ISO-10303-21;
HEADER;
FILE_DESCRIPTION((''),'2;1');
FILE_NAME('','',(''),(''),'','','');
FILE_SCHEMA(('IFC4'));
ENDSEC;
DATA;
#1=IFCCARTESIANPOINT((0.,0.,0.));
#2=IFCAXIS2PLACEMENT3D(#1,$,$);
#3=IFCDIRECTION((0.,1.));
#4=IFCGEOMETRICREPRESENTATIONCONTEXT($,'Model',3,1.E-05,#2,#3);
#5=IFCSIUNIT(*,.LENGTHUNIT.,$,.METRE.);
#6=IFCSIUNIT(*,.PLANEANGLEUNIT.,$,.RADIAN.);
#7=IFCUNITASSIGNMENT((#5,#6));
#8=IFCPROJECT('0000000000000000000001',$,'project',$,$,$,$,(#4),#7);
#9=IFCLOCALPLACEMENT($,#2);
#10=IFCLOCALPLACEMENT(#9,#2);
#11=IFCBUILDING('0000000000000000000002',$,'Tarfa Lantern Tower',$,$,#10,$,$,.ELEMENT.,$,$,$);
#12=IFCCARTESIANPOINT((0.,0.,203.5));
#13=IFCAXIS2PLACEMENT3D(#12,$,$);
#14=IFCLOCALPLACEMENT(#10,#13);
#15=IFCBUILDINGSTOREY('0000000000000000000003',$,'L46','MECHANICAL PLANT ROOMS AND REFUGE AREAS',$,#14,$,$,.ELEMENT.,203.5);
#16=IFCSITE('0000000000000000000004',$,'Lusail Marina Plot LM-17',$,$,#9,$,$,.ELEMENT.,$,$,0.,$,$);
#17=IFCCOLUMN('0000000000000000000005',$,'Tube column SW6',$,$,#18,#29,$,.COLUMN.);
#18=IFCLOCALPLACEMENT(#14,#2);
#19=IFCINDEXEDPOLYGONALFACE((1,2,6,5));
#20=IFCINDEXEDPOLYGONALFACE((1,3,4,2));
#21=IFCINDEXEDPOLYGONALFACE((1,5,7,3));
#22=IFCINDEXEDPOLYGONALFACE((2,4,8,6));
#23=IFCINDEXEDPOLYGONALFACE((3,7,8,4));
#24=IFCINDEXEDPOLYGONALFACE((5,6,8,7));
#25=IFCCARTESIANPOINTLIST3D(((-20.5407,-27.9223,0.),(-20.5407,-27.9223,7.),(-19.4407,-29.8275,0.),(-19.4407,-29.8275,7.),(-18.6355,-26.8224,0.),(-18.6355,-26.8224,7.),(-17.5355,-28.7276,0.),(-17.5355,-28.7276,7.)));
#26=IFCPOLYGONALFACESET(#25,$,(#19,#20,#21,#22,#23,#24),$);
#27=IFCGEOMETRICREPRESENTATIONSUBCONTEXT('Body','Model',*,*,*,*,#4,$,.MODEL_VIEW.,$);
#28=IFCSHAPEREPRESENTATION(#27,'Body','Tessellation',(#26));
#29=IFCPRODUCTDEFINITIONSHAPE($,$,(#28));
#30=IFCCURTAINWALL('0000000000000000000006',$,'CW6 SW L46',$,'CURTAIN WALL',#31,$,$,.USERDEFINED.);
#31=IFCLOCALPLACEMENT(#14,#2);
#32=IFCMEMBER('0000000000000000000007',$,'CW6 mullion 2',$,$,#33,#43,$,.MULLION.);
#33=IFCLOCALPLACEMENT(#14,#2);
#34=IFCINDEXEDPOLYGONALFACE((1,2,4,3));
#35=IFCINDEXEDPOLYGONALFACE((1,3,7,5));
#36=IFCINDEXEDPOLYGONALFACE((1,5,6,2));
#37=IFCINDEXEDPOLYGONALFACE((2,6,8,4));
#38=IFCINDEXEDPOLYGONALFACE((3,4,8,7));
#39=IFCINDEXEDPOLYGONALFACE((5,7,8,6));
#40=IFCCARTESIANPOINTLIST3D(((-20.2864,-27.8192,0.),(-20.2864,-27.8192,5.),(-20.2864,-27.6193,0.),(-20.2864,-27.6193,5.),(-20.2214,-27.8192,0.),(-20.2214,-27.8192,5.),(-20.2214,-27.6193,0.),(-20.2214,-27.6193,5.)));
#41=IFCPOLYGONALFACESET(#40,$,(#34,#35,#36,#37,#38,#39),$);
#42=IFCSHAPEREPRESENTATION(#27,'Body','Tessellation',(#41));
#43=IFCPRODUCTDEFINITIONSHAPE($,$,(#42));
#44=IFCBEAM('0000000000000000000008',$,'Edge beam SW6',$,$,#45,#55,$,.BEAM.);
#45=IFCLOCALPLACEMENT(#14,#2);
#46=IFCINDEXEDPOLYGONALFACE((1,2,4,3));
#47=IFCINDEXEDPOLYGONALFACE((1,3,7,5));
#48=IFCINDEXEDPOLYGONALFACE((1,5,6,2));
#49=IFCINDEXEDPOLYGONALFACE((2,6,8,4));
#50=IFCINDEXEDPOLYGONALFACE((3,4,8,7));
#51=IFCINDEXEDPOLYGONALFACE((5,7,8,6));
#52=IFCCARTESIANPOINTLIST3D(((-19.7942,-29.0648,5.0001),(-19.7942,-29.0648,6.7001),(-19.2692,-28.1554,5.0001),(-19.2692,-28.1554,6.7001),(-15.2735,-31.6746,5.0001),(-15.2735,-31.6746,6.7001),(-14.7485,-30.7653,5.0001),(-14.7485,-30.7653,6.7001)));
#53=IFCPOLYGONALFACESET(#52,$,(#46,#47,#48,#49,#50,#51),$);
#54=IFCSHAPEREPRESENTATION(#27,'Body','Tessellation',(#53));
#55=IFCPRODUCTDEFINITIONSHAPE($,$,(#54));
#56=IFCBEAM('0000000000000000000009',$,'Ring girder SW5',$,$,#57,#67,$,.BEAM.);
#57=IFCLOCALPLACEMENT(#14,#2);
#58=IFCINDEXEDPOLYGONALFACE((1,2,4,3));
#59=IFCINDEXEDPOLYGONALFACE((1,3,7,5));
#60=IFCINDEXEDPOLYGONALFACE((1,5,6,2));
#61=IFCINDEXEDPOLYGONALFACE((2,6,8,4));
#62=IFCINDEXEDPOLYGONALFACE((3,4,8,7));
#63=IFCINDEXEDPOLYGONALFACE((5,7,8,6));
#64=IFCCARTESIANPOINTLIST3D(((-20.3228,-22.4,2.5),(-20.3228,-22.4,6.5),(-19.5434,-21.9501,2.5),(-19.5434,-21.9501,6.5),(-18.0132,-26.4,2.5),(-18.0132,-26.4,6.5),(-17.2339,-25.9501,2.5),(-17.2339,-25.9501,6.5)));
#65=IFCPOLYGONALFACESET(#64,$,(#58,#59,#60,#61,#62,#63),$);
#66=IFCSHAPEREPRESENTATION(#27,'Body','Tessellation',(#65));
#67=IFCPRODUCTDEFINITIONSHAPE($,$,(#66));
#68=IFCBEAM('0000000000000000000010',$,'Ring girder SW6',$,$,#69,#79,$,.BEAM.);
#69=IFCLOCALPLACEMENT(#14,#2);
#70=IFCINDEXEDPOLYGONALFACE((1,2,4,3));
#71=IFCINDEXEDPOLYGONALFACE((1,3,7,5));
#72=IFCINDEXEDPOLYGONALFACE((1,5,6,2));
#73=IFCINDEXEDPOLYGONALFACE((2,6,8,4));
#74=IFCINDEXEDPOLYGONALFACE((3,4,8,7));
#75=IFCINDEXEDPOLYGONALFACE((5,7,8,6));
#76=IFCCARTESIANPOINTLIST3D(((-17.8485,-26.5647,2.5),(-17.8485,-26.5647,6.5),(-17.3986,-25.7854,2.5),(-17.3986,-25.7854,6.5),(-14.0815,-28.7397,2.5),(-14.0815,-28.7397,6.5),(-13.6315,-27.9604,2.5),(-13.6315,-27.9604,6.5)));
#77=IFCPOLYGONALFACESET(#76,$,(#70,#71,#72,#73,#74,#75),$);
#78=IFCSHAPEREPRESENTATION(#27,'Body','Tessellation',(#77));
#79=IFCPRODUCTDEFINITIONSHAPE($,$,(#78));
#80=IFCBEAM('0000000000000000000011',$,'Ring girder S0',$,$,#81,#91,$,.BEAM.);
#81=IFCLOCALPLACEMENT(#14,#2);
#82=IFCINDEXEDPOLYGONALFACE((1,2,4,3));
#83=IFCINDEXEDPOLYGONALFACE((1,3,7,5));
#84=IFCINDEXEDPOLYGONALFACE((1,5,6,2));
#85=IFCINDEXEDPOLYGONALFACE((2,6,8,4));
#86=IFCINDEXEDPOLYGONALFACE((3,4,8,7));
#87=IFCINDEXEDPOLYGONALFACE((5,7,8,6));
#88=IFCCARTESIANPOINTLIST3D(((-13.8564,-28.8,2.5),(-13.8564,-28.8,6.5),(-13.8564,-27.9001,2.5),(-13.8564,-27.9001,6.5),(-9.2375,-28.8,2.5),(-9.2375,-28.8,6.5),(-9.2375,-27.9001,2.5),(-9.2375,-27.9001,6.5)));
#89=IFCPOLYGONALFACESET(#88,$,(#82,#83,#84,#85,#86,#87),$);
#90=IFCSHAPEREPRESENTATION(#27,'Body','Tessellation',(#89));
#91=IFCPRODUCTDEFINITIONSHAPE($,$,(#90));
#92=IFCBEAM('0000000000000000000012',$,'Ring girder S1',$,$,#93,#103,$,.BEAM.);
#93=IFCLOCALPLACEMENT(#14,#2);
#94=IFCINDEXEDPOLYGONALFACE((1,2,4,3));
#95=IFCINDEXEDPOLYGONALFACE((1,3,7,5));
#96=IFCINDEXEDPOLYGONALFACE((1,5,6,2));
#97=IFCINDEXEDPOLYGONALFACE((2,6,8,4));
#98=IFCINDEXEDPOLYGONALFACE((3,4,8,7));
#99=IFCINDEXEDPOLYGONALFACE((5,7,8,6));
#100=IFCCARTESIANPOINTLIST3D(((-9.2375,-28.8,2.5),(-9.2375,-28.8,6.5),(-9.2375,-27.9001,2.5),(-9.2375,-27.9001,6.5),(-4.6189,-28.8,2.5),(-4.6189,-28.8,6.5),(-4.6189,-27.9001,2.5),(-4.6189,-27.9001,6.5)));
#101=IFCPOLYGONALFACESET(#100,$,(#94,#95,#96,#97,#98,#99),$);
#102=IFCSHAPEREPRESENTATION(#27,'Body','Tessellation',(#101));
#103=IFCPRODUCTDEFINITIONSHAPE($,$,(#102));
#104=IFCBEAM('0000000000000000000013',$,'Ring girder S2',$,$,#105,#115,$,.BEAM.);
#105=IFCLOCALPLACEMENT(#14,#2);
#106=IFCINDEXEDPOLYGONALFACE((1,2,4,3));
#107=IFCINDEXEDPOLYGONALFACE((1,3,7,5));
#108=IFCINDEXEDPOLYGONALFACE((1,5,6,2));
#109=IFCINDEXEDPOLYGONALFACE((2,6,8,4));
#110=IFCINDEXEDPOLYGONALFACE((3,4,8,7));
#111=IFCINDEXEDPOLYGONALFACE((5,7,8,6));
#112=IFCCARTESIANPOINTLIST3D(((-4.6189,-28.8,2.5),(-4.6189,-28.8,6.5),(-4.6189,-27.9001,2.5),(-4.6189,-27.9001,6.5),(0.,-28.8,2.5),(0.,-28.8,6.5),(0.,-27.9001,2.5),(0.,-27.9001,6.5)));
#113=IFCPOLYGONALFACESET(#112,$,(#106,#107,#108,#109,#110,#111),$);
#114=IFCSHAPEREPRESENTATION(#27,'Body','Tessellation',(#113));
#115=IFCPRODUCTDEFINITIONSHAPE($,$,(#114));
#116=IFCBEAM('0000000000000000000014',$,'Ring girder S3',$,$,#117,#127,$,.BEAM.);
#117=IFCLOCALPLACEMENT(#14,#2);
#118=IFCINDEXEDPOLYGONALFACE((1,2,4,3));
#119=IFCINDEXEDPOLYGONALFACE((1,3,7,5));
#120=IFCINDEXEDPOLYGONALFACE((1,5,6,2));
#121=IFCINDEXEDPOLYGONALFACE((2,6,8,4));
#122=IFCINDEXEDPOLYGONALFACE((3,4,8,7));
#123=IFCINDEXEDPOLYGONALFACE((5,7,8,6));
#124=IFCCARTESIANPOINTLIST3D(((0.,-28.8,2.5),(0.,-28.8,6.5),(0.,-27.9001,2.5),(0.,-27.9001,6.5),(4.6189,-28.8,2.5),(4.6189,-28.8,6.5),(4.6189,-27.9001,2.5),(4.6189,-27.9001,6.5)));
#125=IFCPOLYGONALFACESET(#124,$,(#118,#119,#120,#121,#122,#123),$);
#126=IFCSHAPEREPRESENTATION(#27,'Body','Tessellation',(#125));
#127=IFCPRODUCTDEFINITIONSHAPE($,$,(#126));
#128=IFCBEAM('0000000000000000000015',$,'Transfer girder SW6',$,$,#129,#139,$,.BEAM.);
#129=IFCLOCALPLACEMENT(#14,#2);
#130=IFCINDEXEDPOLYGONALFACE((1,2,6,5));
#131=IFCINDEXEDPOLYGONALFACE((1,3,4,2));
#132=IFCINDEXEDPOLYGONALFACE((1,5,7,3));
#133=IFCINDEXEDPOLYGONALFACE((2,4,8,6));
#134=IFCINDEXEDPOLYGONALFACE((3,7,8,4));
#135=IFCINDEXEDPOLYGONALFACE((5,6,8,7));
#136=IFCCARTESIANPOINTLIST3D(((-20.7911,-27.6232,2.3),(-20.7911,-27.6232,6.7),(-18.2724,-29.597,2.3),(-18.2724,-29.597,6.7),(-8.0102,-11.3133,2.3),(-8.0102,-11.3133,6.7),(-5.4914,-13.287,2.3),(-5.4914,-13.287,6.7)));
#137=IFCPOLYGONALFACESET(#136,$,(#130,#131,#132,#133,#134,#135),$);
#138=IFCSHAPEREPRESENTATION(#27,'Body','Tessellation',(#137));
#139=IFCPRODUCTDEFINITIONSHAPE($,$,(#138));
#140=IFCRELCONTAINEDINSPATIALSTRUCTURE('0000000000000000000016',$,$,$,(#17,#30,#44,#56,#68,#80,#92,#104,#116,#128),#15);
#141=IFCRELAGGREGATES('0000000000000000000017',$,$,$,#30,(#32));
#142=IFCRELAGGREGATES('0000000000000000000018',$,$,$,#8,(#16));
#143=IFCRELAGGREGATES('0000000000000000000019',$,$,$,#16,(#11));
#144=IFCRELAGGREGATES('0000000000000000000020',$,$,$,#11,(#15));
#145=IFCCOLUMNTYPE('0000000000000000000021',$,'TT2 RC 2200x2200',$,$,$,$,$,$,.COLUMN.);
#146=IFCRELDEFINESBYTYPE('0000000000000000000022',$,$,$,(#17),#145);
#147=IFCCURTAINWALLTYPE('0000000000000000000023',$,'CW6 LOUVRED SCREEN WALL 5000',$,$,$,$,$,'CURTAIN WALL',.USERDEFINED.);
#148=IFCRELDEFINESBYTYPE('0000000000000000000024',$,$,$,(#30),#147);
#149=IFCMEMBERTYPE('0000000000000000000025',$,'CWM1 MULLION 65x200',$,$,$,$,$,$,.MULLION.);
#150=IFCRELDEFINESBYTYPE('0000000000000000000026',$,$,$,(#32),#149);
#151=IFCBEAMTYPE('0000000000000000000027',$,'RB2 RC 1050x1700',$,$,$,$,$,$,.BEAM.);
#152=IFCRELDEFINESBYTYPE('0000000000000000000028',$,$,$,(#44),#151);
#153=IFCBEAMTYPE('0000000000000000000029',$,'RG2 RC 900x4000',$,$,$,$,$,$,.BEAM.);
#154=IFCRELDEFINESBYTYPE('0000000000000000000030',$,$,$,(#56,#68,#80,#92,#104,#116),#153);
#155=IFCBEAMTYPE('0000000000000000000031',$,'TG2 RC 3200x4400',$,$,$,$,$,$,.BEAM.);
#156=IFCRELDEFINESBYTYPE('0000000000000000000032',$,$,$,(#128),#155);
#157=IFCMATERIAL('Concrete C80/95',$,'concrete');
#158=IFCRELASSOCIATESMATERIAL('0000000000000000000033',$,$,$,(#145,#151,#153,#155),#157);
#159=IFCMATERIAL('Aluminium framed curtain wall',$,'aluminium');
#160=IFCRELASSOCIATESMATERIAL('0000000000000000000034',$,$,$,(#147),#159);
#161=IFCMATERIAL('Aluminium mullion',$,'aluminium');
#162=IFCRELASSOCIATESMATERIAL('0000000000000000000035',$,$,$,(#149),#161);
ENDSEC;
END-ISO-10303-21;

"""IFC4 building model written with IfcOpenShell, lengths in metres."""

from ifc_helpers import new_model, si_unit, direction, frame, origin, origin_2d, place, context, subcontext, project, spatial, rectangle, extrude, material, material_profile, profile_set, type_object, element, aggregate, save


model = new_model("IFC4")

# Units and contexts
model_context = context("Model", 3, precision=1e-05, world=origin(), true_north=direction((0.0, 1.0)))
body_context = subcontext(model_context, "Body", "Model", "MODEL_VIEW")
ifc_project = project(units=[si_unit("LENGTHUNIT", "METRE"), si_unit("PLANEANGLEUNIT", "RADIAN")], contexts=[model_context])

# Site, building, storey
site_placement = place(None, origin())
site = spatial("IfcSite", under=ifc_project, at=site_placement, Name="Lusail Marina Plot LM-17", CompositionType="ELEMENT", RefElevation=0.0)
building_placement = place(site_placement, origin())
building = spatial("IfcBuilding", under=site, at=building_placement, Name="Tarfa Lantern Tower", CompositionType="ELEMENT")
storey_placement = place(building_placement, frame((0.0, 0.0, 203.5)))
storey = spatial("IfcBuildingStorey", under=building, at=storey_placement, Name="L46", Description="MECHANICAL PLANT ROOMS AND REFUGE AREAS", CompositionType="ELEMENT", Elevation=203.5)

# Column
ifc_material_1 = material(Name="Concrete C80/95", Category="concrete")
ifc_material_profile_1 = material_profile(ifc_material_1, rectangle(XDim=2.2, YDim=2.2, at=origin_2d()), Name="RC 2200x2200")
ifc_profile_set_1 = profile_set([ifc_material_profile_1], Name="Concrete C80/95")
column_type = type_object("IfcColumnType", Name="TT2 RC 2200x2200", PredefinedType="COLUMN", material=ifc_profile_set_1)
column_placement = place(storey_placement, frame((-19.0381, -28.325, 0.0), z_axis=(0.0, 0.0, 1.0), x_axis=(0.5, -0.866025, 0.0)))
element("IfcColumn", 1, at=column_placement, inside=storey, type_object=column_type, Name="Tube column SW6", PredefinedType="COLUMN", context=body_context, shape_type="SweptSolid", body=[
    extrude(rectangle(XDim=2.2, YDim=2.2, at=origin_2d()), origin(), (0.0, 0.0, 1.0), 7.0),
])

# Curtain wall, member
ifc_material_2 = material(Name="Aluminium framed curtain wall", Category="aluminium")
curtain_wall_type = type_object("IfcCurtainWallType", Name="CW6 LOUVRED SCREEN WALL 5000", ElementType="CURTAIN WALL", PredefinedType="USERDEFINED", material=ifc_material_2)
curtain_wall_placement = place(storey_placement, origin())
curtain_wall = element("IfcCurtainWall", 2, at=curtain_wall_placement, inside=storey, type_object=curtain_wall_type, Name="CW6 SW L46", ObjectType="CURTAIN WALL", PredefinedType="USERDEFINED")
ifc_material_3 = material(Name="Aluminium mullion", Category="aluminium")
ifc_material_profile_2 = material_profile(ifc_material_3, rectangle(XDim=0.0649, YDim=0.2, at=origin_2d()), Name="AL MULLION 65x200")
ifc_profile_set_2 = profile_set([ifc_material_profile_2], Name="Aluminium mullion")
member_type = type_object("IfcMemberType", Name="CWM1 MULLION 65x200", PredefinedType="MULLION", material=ifc_profile_set_2)
member_placement = place(storey_placement, frame((-20.2539, -27.7192, 0.0), z_axis=(0.0, 0.0, 1.0), x_axis=(1.0, 0.0, 0.0)))
member = element("IfcMember", 3, at=member_placement, type_object=member_type, Name="CW6 mullion 2", PredefinedType="MULLION", context=body_context, shape_type="SweptSolid", body=[
    extrude(rectangle(XDim=0.0649, YDim=0.2, at=origin_2d()), origin(), (0.0, 0.0, 1.0), 5.0),
])
aggregate(curtain_wall, [member])

# Beams
ifc_material_profile_3 = material_profile(ifc_material_1, rectangle(XDim=1.05, YDim=1.7, at=origin_2d()), Name="RC 1050x1700")
ifc_profile_set_3 = profile_set([ifc_material_profile_3], Name="Concrete C80/95")
beam_type_1 = type_object("IfcBeamType", Name="RB2 RC 1050x1700", PredefinedType="BEAM", material=ifc_profile_set_3)
beam_1_placement = place(storey_placement, frame((-19.5317, -28.6101, 5.8501), z_axis=(0.866042, -0.499972, 0.0), x_axis=(0.499972, 0.866042, 0.0)))
element("IfcBeam", 4, at=beam_1_placement, inside=storey, type_object=beam_type_1, Name="Edge beam SW6", PredefinedType="BEAM", context=body_context, shape_type="SweptSolid", body=[
    extrude(rectangle(XDim=1.05, YDim=1.7, at=origin_2d()), origin(), (0.0, 0.0, 1.0), 5.22),
])
ifc_material_profile_4 = material_profile(ifc_material_1, rectangle(XDim=0.8999, YDim=4.0, at=origin_2d()), Name="RC 900x4000")
ifc_profile_set_4 = profile_set([ifc_material_profile_4], Name="Concrete C80/95")
beam_type_2 = type_object("IfcBeamType", Name="RG2 RC 900x4000", PredefinedType="BEAM", material=ifc_profile_set_4)
beam_2_placement = place(storey_placement, frame((-19.9331, -22.175, 4.5), z_axis=(0.500027, -0.86601, 0.0), x_axis=(0.86601, 0.500027, 0.0)))
element("IfcBeam", 5, at=beam_2_placement, inside=storey, type_object=beam_type_2, Name="Ring girder SW5", PredefinedType="BEAM", context=body_context, shape_type="SweptSolid", body=[
    extrude(rectangle(XDim=0.8999, YDim=4.0, at=origin_2d()), origin(), (0.0, 0.0, 1.0), 4.6189),
])
beam_3_placement = place(storey_placement, frame((-17.6235, -26.175, 4.5), z_axis=(0.866014, -0.50002, 0.0), x_axis=(0.50002, 0.866014, 0.0)))
element("IfcBeam", 6, at=beam_3_placement, inside=storey, type_object=beam_type_2, Name="Ring girder SW6", PredefinedType="BEAM", context=body_context, shape_type="SweptSolid", body=[
    extrude(rectangle(XDim=0.8999, YDim=4.0, at=origin_2d()), origin(), (0.0, 0.0, 1.0), 4.3499),
])
beam_4_placement = place(storey_placement, frame((-13.8564, -28.3501, 4.5), z_axis=(1.0, 0.0, 0.0), x_axis=(0.0, 1.0, 0.0)))
element("IfcBeam", 7, at=beam_4_placement, inside=storey, type_object=beam_type_2, Name="Ring girder S0", PredefinedType="BEAM", context=body_context, shape_type="SweptSolid", body=[
    extrude(rectangle(XDim=0.8999, YDim=4.0, at=origin_2d()), origin(), (0.0, 0.0, 1.0), 4.6189),
])
beam_5_placement = place(storey_placement, frame((-9.2375, -28.3501, 4.5), z_axis=(1.0, 0.0, 0.0), x_axis=(0.0, 1.0, 0.0)))
element("IfcBeam", 8, at=beam_5_placement, inside=storey, type_object=beam_type_2, Name="Ring girder S1", PredefinedType="BEAM", context=body_context, shape_type="SweptSolid", body=[
    extrude(rectangle(XDim=0.8999, YDim=4.0, at=origin_2d()), origin(), (0.0, 0.0, 1.0), 4.6187),
])
for number, where, z_axis, x_axis, name in (
    (9, (-4.6189, -28.3501, 4.5), (1.0, 0.0, 0.0), (0.0, 1.0, 0.0), "Ring girder S2"),
    (10, (0.0, -28.3501, 4.5), (1.0, 0.0, 0.0), (0.0, 1.0, 0.0), "Ring girder S3"),
):
    element("IfcBeam", number, at=place(storey_placement, frame(where, z_axis=z_axis, x_axis=x_axis)), inside=storey, type_object=beam_type_2, Name=name, PredefinedType="BEAM", context=body_context, shape_type="SweptSolid", body=[
        extrude(rectangle(XDim=0.8999, YDim=4.0, at=origin_2d()), origin(), (0.0, 0.0, 1.0), 4.6189),
    ])
ifc_material_profile_5 = material_profile(ifc_material_1, rectangle(XDim=3.2, YDim=4.3999, at=origin_2d()), Name="RC 3200x4400")
ifc_profile_set_5 = profile_set([ifc_material_profile_5], Name="Concrete C80/95")
beam_type_3 = type_object("IfcBeamType", Name="TG2 RC 3200x4400", PredefinedType="BEAM", material=ifc_profile_set_5)
beam_6_placement = place(storey_placement, frame((-19.5317, -28.6101, 4.5), z_axis=(0.616805, 0.787116, 0.0), x_axis=(-0.787116, 0.616805, 0.0)))
element("IfcBeam", 11, at=beam_6_placement, inside=storey, type_object=beam_type_3, Name="Transfer girder SW6", PredefinedType="BEAM", context=body_context, shape_type="SweptSolid", body=[
    extrude(rectangle(XDim=3.2, YDim=4.3999, at=origin_2d()), origin(), (0.0, 0.0, 1.0), 20.7212),
])

save(model, "model.ifc")
